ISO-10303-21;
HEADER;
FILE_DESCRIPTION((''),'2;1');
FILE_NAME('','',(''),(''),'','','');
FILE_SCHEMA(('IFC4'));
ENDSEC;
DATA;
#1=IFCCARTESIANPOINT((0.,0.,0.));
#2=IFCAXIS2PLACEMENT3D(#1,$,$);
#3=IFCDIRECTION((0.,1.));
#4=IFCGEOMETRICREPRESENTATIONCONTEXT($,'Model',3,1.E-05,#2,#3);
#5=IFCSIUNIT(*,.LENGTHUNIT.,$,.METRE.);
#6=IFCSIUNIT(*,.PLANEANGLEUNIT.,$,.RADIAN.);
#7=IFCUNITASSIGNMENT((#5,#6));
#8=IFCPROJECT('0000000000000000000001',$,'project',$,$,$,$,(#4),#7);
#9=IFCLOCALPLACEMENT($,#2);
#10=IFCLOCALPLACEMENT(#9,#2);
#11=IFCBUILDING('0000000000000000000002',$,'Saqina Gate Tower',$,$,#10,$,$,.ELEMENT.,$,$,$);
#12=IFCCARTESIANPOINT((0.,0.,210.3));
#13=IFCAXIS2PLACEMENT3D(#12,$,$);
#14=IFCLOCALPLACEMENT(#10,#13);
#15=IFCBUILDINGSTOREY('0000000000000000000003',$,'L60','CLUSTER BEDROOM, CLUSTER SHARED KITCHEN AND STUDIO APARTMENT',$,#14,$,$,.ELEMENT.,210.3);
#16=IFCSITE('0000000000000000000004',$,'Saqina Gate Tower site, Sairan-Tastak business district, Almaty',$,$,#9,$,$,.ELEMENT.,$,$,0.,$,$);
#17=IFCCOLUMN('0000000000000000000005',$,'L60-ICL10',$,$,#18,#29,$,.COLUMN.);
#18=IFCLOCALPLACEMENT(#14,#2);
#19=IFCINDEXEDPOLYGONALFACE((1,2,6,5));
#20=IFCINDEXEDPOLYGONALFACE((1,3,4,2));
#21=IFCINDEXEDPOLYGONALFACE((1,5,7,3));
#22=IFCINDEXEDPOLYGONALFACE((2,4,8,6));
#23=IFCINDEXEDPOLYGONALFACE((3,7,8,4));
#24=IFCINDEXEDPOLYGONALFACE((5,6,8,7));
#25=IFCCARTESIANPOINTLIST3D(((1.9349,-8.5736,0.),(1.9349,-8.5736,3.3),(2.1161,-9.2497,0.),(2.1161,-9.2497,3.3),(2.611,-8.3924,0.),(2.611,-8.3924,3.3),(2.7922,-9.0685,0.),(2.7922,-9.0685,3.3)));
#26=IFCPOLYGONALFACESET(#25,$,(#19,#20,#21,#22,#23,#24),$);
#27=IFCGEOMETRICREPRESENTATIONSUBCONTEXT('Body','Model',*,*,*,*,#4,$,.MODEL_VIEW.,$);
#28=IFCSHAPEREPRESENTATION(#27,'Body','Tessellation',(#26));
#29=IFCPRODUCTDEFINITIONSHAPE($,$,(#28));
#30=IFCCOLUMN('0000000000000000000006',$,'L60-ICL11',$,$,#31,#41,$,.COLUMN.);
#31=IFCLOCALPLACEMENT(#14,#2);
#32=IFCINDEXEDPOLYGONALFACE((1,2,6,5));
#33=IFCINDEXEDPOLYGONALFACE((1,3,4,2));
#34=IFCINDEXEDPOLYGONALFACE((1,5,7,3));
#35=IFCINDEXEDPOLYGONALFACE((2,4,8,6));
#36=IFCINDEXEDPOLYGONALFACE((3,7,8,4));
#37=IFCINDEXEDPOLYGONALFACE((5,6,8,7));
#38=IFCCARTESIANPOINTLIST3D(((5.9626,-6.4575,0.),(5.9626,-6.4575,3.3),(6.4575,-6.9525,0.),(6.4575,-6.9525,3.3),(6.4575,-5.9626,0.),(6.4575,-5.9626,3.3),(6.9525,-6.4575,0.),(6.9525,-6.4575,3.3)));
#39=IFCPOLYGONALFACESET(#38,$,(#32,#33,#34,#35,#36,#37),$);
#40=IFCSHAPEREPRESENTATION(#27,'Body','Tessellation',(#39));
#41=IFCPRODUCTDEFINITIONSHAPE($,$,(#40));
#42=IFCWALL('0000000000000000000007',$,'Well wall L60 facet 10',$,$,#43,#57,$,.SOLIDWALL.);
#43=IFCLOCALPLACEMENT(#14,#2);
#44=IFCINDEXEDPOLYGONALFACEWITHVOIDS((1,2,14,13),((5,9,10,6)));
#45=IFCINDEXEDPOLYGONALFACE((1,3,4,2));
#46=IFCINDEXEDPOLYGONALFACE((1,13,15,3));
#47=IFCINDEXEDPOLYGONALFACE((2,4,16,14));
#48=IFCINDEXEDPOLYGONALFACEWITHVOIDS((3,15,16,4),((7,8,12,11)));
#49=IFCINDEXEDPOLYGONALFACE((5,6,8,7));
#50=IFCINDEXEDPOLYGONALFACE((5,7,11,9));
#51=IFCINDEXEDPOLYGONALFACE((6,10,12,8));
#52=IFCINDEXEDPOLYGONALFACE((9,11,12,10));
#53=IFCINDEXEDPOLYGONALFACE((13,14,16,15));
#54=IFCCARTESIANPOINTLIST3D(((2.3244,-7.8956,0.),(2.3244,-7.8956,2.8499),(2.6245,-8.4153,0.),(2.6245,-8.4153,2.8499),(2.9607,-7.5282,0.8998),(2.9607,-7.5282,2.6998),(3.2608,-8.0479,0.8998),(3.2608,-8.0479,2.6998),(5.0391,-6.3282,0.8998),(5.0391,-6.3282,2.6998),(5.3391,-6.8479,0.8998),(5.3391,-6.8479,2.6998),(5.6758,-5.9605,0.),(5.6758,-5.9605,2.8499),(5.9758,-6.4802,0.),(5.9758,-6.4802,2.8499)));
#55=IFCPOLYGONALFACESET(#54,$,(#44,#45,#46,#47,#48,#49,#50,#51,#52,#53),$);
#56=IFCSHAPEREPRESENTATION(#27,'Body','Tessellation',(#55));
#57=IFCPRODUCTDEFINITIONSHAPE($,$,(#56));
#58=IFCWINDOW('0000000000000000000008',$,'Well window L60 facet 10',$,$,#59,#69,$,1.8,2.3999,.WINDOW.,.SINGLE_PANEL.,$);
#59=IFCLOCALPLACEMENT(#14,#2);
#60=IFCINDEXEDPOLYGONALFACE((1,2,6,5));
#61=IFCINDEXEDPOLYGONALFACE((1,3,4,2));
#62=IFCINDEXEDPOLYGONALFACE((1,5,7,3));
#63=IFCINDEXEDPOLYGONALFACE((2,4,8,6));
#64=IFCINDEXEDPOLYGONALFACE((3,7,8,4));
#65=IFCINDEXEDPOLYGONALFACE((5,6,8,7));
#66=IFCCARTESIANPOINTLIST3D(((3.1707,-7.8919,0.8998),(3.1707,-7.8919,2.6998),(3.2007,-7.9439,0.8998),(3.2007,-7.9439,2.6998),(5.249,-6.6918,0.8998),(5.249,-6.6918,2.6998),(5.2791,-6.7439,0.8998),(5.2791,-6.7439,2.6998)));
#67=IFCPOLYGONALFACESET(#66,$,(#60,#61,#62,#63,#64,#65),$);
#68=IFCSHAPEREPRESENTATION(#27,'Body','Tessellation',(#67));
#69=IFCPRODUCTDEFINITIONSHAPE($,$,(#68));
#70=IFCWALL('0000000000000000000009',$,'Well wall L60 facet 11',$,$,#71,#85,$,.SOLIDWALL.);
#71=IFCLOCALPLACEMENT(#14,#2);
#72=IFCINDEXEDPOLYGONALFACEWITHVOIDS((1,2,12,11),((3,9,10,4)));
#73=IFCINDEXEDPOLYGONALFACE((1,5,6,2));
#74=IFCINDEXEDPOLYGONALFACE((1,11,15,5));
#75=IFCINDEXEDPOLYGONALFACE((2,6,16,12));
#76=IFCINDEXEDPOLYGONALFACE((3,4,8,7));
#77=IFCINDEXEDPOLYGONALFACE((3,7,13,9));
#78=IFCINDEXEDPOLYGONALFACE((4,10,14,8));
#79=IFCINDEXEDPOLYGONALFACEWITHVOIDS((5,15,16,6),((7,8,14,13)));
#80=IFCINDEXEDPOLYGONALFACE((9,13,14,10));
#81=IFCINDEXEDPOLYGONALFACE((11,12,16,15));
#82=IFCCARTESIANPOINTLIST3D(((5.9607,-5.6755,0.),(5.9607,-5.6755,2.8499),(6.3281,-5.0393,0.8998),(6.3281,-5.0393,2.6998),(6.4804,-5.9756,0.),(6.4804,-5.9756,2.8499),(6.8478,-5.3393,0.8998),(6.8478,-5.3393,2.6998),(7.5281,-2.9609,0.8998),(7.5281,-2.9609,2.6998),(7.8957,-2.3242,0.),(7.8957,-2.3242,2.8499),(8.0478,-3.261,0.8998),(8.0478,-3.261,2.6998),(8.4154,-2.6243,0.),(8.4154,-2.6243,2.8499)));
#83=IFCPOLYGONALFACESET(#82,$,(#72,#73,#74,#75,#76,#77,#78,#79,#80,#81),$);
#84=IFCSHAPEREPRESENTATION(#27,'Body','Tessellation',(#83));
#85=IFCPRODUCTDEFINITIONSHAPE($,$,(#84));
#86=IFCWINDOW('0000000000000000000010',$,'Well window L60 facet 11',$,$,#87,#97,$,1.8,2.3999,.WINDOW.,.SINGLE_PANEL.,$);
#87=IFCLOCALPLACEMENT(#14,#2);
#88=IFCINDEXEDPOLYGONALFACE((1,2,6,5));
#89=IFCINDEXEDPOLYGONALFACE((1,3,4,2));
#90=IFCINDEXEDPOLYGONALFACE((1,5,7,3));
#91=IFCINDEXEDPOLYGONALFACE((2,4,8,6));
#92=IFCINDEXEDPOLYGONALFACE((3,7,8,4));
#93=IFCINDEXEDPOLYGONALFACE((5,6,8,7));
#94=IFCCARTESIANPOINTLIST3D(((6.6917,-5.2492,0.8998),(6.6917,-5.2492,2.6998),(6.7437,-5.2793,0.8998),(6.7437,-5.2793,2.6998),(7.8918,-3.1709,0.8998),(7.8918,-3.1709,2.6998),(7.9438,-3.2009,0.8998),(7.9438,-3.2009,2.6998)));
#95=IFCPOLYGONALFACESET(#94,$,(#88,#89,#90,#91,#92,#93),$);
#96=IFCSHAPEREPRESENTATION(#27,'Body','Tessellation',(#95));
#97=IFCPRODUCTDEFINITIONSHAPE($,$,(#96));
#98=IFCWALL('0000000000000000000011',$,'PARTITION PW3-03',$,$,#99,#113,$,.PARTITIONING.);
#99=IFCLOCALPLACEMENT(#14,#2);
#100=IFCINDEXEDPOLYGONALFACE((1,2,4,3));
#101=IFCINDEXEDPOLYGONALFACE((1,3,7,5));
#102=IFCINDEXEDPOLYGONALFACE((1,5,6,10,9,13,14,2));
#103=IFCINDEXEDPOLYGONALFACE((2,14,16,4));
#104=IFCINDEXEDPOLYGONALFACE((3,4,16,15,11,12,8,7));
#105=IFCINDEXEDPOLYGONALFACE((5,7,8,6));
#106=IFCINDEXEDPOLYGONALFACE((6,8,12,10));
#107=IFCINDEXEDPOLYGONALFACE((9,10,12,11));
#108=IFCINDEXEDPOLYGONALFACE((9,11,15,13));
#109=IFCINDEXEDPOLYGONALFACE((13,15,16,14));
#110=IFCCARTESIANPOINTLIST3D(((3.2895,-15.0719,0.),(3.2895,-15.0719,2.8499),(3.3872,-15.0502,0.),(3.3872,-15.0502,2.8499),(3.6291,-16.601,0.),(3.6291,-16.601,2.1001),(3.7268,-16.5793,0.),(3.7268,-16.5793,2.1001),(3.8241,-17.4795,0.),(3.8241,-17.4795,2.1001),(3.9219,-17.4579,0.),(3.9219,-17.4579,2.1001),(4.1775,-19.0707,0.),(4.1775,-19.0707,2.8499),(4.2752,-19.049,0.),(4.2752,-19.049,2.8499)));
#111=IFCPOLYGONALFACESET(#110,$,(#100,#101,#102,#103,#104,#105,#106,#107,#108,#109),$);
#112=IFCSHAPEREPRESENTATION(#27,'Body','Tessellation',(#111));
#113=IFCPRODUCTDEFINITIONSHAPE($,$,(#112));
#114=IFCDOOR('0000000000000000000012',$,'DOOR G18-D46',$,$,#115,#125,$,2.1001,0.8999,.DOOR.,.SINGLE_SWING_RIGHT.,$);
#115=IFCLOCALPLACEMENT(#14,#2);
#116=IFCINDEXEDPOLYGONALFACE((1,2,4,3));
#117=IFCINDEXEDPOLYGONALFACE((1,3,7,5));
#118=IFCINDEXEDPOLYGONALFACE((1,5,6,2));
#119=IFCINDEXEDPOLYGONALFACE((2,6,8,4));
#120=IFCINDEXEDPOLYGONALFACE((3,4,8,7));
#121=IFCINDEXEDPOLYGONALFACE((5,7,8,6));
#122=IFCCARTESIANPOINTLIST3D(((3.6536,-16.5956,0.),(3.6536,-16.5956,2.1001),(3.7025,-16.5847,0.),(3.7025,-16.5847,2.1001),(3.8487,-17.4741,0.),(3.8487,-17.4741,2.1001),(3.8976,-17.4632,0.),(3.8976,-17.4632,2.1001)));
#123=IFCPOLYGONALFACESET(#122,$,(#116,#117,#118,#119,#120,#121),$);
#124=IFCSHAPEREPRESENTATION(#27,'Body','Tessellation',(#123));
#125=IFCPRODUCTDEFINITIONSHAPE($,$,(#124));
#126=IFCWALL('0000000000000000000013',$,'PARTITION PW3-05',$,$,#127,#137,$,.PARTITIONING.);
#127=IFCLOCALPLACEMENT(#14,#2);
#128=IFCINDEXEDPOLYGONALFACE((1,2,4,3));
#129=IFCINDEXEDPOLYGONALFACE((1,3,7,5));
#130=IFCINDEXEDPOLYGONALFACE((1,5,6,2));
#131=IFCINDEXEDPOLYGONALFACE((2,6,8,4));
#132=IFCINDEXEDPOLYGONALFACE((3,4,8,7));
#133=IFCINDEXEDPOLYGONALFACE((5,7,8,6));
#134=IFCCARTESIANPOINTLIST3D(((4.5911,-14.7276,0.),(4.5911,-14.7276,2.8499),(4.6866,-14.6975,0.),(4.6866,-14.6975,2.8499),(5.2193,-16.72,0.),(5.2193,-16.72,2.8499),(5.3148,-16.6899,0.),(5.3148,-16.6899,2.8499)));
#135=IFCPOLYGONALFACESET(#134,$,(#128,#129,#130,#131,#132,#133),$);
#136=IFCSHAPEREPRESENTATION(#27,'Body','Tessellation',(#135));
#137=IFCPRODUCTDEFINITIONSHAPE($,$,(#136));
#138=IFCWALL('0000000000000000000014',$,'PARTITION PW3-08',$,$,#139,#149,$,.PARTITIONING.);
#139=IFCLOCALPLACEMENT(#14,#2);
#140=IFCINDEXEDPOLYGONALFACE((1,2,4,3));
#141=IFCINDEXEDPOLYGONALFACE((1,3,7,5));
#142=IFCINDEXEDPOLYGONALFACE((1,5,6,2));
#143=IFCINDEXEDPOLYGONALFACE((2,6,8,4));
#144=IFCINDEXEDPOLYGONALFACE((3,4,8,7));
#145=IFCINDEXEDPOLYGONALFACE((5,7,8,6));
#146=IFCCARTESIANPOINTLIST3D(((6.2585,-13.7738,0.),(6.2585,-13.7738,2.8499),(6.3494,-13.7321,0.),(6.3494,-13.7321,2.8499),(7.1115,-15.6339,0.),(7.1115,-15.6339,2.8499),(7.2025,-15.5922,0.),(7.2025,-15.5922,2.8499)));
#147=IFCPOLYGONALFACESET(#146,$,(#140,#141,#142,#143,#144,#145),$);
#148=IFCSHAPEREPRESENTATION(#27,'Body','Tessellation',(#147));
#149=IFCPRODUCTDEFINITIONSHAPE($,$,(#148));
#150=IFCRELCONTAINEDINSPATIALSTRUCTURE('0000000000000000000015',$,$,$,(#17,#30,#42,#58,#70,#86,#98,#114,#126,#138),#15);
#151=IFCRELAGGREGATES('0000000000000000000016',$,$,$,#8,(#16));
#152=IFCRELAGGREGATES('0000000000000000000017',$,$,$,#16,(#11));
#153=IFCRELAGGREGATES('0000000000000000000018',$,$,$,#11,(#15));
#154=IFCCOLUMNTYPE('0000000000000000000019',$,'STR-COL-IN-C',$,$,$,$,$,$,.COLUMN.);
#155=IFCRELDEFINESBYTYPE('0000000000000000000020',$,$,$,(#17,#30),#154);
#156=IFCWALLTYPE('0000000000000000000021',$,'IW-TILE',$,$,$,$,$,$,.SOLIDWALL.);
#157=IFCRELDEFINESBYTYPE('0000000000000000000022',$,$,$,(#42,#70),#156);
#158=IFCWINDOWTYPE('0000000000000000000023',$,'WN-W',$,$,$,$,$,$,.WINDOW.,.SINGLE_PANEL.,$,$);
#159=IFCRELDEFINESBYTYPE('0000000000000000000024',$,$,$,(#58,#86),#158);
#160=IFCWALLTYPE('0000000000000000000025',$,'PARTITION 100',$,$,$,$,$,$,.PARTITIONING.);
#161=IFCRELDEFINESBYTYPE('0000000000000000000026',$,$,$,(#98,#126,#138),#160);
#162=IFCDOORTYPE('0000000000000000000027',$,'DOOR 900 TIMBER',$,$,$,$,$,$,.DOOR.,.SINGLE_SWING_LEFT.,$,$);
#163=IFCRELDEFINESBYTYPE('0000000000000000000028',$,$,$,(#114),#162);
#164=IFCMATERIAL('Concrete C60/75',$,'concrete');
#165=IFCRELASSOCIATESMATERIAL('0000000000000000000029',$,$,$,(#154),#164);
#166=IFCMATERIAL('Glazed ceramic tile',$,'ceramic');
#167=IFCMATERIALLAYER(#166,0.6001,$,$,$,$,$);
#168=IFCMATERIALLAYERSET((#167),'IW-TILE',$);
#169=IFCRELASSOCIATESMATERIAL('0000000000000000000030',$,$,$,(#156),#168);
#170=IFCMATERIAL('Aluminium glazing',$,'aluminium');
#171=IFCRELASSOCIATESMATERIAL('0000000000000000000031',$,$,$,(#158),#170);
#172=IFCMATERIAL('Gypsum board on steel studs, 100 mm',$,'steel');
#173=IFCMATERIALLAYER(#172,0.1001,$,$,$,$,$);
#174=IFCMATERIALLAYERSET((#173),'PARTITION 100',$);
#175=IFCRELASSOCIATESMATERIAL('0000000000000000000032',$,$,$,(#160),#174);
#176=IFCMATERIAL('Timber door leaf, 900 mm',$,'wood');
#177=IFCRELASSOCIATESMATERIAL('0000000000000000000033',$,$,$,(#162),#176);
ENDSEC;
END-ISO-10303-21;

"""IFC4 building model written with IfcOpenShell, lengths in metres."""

from ifc_helpers import new_model, si_unit, direction, frame, frame_2d, origin, origin_2d, place, context, subcontext, project, spatial, rectangle, extrude, material, layer, layer_set, material_profile, profile_set, type_object, element, fill, save


model = new_model("IFC4")

# Units and contexts
model_context = context("Model", 3, precision=1e-05, world=origin(), true_north=direction((0.0, 1.0)))
body_context = subcontext(model_context, "Body", "Model", "MODEL_VIEW")
ifc_project = project(units=[si_unit("LENGTHUNIT", "METRE"), si_unit("PLANEANGLEUNIT", "RADIAN")], contexts=[model_context])

# Site, building, storey
site_placement = place(None, origin())
site = spatial("IfcSite", under=ifc_project, at=site_placement, Name="Saqina Gate Tower site, Sairan-Tastak business district, Almaty", CompositionType="ELEMENT", RefElevation=0.0)
building_placement = place(site_placement, origin())
building = spatial("IfcBuilding", under=site, at=building_placement, Name="Saqina Gate Tower", CompositionType="ELEMENT")
storey_placement = place(building_placement, frame((0.0, 0.0, 210.3)))
storey = spatial("IfcBuildingStorey", under=building, at=storey_placement, Name="L60", Description="CLUSTER BEDROOM, CLUSTER SHARED KITCHEN AND STUDIO APARTMENT", CompositionType="ELEMENT", Elevation=210.3)

# Columns
ifc_material_1 = material(Name="Concrete C60/75", Category="concrete")
ifc_material_profile = material_profile(ifc_material_1, rectangle(XDim=0.7, YDim=0.7, at=origin_2d()), Name="RC 700x700")
ifc_profile_set = profile_set([ifc_material_profile], Name="Concrete C60/75")
column_type = type_object("IfcColumnType", Name="STR-COL-IN-C", PredefinedType="COLUMN", material=ifc_profile_set)
for number, where, z_axis, x_axis, name in (
    (1, (2.3635, -8.821, 0.0), (0.0, 0.0, 1.0), (0.258819, -0.965926, 0.0), "L60-ICL10"),
    (2, (6.4575, -6.4575, 0.0), (0.0, 0.0, 1.0), (0.707107, -0.707107, 0.0), "L60-ICL11"),
):
    element("IfcColumn", number, at=place(storey_placement, frame(where, z_axis=z_axis, x_axis=x_axis)), inside=storey, type_object=column_type, Name=name, PredefinedType="COLUMN", context=body_context, shape_type="SweptSolid", body=[
        extrude(rectangle(XDim=0.7, YDim=0.7, at=origin_2d()), origin(), (0.0, 0.0, 1.0), 3.3),
    ])

# Walls, openings, windows
ifc_material_2 = material(Name="Glazed ceramic tile", Category="ceramic")
ifc_layer_1 = layer(ifc_material_2, 0.6001)
ifc_layer_set_1 = layer_set([ifc_layer_1], Name="IW-TILE")
wall_type_1 = type_object("IfcWallType", Name="IW-TILE", PredefinedType="SOLIDWALL", material=ifc_layer_set_1)
wall_1_placement = place(storey_placement, frame((2.4744, -8.1555, 0.0), z_axis=(0.0, 0.0, 1.0), x_axis=(0.866006, 0.500034, 0.0)))
wall_1 = element("IfcWall", 3, at=wall_1_placement, inside=storey, type_object=wall_type_1, Name="Well wall L60 facet 10", PredefinedType="SOLIDWALL", context=body_context, shape_type="SweptSolid", body=[
    extrude(rectangle(XDim=3.8699, YDim=0.6001, at=frame_2d((1.9351, 0.0))), origin(), (0.0, 0.0, 1.0), 2.8499),
])
opening_1_placement = place(wall_1_placement, frame((0.7349, 0.0, 0.8999)))
opening_1 = element("IfcOpeningElement", 4, at=opening_1_placement, cuts=wall_1, PredefinedType="OPENING", context=body_context, shape_type="SweptSolid", body=[
    extrude(rectangle(XDim=2.3999, YDim=1.8, at=frame_2d((1.2, 0.8999))), frame((0.0, 0.312, 0.0), z_axis=(0.0, -1.0, 0.0), x_axis=(1.0, 0.0, 0.0)), (0.0, 0.0, 1.0), 0.624),
])
ifc_material_3 = material(Name="Aluminium glazing", Category="aluminium")
window_type = type_object("IfcWindowType", Name="WN-W", PartitioningType="SINGLE_PANEL", PredefinedType="WINDOW", material=ifc_material_3)
window_1_placement = place(opening_1_placement, origin())
window_1 = element("IfcWindow", 5, at=window_1_placement, inside=storey, type_object=window_type, Name="Well window L60 facet 10", OverallHeight=1.8, OverallWidth=2.3999, PartitioningType="SINGLE_PANEL", PredefinedType="WINDOW", context=body_context, shape_type="SweptSolid", body=[
    extrude(rectangle(XDim=2.3999, YDim=1.8, at=frame_2d((1.2, 0.8999))), frame((0.0, -0.1199, 0.0), z_axis=(0.0, -1.0, 0.0), x_axis=(1.0, 0.0, 0.0)), (0.0, 0.0, 1.0), 0.0601),
])
fill(opening_1, window_1)
wall_2_placement = place(storey_placement, frame((6.2205, -5.8257, 0.0), z_axis=(0.0, 0.0, 1.0), x_axis=(0.500034, 0.866006, 0.0)))
wall_2 = element("IfcWall", 6, at=wall_2_placement, inside=storey, type_object=wall_type_1, Name="Well wall L60 facet 11", PredefinedType="SOLIDWALL", context=body_context, shape_type="SweptSolid", body=[
    extrude(rectangle(XDim=3.8699, YDim=0.6001, at=frame_2d((1.9351, 0.0))), origin(), (0.0, 0.0, 1.0), 2.8499),
])
opening_2_placement = place(wall_2_placement, frame((0.7349, 0.0, 0.8999)))
opening_2 = element("IfcOpeningElement", 7, at=opening_2_placement, cuts=wall_2, PredefinedType="OPENING", context=body_context, shape_type="SweptSolid", body=[
    extrude(rectangle(XDim=2.3999, YDim=1.8, at=frame_2d((1.2, 0.8999))), frame((0.0, 0.312, 0.0), z_axis=(0.0, -1.0, 0.0), x_axis=(1.0, 0.0, 0.0)), (0.0, 0.0, 1.0), 0.624),
])
window_2_placement = place(opening_2_placement, origin())
window_2 = element("IfcWindow", 8, at=window_2_placement, inside=storey, type_object=window_type, Name="Well window L60 facet 11", OverallHeight=1.8, OverallWidth=2.3999, PartitioningType="SINGLE_PANEL", PredefinedType="WINDOW", context=body_context, shape_type="SweptSolid", body=[
    extrude(rectangle(XDim=2.3999, YDim=1.8, at=frame_2d((1.2, 0.8999))), frame((0.0, -0.1199, 0.0), z_axis=(0.0, -1.0, 0.0), x_axis=(1.0, 0.0, 0.0)), (0.0, 0.0, 1.0), 0.0601),
])
fill(opening_2, window_2)

# Wall, opening, door
ifc_material_4 = material(Name="Gypsum board on steel studs, 100 mm", Category="steel")
ifc_layer_2 = layer(ifc_material_4, 0.1001)
ifc_layer_set_2 = layer_set([ifc_layer_2], Name="PARTITION 100")
wall_type_2 = type_object("IfcWallType", Name="PARTITION 100", PredefinedType="PARTITIONING", material=ifc_layer_set_2)
wall_3_placement = place(storey_placement, frame((3.3384, -15.061, 0.0), z_axis=(0.0, 0.0, 1.0), x_axis=(0.216773, -0.976222, 0.0)))
wall_3 = element("IfcWall", 9, at=wall_3_placement, inside=storey, type_object=wall_type_2, Name="PARTITION PW3-03", PredefinedType="PARTITIONING", context=body_context, shape_type="SweptSolid", body=[
    extrude(rectangle(XDim=4.0962, YDim=0.1001, at=frame_2d((2.0481, 0.0))), origin(), (0.0, 0.0, 1.0), 2.8499),
])
opening_3_placement = place(wall_3_placement, frame((1.5664, 0.0, 0.0)))
opening_3 = element("IfcOpeningElement", 10, at=opening_3_placement, cuts=wall_3, PredefinedType="OPENING", context=body_context, shape_type="SweptSolid", body=[
    extrude(rectangle(XDim=0.8999, YDim=2.1001, at=frame_2d((0.45, 1.05))), frame((0.0, 0.062, 0.0), z_axis=(0.0, -1.0, 0.0), x_axis=(1.0, 0.0, 0.0)), (0.0, 0.0, 1.0), 0.124),
])
ifc_material_5 = material(Name="Timber door leaf, 900 mm", Category="wood")
door_type_1 = type_object("IfcDoorType", Name="DOOR 900 TIMBER", OperationType="SINGLE_SWING_LEFT", PredefinedType="DOOR", material=ifc_material_5)
door_1_placement = place(opening_3_placement, frame((0.8999, 0.0, 0.0), z_axis=(0.0, 0.0, 1.0), x_axis=(-1.0, 0.0, 0.0)))
door_1 = element("IfcDoor", 11, at=door_1_placement, inside=storey, type_object=door_type_1, Name="DOOR G18-D46", OperationType="SINGLE_SWING_RIGHT", OverallHeight=2.1001, OverallWidth=0.8999, PredefinedType="DOOR", context=body_context, shape_type="SweptSolid", body=[
    extrude(rectangle(XDim=0.8999, YDim=2.1001, at=frame_2d((0.45, 1.05))), frame((0.0, 0.0249, 0.0), z_axis=(0.0, -1.0, 0.0), x_axis=(1.0, 0.0, 0.0)), (0.0, 0.0, 1.0), 0.05),
])
fill(opening_3, door_1)

# Walls
wall_4_placement = place(storey_placement, frame((4.6389, -14.7126, 0.0), z_axis=(0.0, 0.0, 1.0), x_axis=(0.300689, -0.953722, 0.0)))
element("IfcWall", 12, at=wall_4_placement, inside=storey, type_object=wall_type_2, Name="PARTITION PW3-05", PredefinedType="PARTITIONING", context=body_context, shape_type="SweptSolid", body=[
    extrude(rectangle(XDim=2.0891, YDim=0.1001, at=frame_2d((1.0444, 0.0))), origin(), (0.0, 0.0, 1.0), 2.8499),
])
wall_5_placement = place(storey_placement, frame((6.304, -13.7529, 0.0), z_axis=(0.0, 0.0, 1.0), x_axis=(0.416848, -0.908976, 0.0)))
element("IfcWall", 13, at=wall_5_placement, inside=storey, type_object=wall_type_2, Name="PARTITION PW3-08", PredefinedType="PARTITIONING", context=body_context, shape_type="SweptSolid", body=[
    extrude(rectangle(XDim=2.0464, YDim=0.1001, at=frame_2d((1.0232, 0.0))), origin(), (0.0, 0.0, 1.0), 2.8499),
])

save(model, "model.ifc")
